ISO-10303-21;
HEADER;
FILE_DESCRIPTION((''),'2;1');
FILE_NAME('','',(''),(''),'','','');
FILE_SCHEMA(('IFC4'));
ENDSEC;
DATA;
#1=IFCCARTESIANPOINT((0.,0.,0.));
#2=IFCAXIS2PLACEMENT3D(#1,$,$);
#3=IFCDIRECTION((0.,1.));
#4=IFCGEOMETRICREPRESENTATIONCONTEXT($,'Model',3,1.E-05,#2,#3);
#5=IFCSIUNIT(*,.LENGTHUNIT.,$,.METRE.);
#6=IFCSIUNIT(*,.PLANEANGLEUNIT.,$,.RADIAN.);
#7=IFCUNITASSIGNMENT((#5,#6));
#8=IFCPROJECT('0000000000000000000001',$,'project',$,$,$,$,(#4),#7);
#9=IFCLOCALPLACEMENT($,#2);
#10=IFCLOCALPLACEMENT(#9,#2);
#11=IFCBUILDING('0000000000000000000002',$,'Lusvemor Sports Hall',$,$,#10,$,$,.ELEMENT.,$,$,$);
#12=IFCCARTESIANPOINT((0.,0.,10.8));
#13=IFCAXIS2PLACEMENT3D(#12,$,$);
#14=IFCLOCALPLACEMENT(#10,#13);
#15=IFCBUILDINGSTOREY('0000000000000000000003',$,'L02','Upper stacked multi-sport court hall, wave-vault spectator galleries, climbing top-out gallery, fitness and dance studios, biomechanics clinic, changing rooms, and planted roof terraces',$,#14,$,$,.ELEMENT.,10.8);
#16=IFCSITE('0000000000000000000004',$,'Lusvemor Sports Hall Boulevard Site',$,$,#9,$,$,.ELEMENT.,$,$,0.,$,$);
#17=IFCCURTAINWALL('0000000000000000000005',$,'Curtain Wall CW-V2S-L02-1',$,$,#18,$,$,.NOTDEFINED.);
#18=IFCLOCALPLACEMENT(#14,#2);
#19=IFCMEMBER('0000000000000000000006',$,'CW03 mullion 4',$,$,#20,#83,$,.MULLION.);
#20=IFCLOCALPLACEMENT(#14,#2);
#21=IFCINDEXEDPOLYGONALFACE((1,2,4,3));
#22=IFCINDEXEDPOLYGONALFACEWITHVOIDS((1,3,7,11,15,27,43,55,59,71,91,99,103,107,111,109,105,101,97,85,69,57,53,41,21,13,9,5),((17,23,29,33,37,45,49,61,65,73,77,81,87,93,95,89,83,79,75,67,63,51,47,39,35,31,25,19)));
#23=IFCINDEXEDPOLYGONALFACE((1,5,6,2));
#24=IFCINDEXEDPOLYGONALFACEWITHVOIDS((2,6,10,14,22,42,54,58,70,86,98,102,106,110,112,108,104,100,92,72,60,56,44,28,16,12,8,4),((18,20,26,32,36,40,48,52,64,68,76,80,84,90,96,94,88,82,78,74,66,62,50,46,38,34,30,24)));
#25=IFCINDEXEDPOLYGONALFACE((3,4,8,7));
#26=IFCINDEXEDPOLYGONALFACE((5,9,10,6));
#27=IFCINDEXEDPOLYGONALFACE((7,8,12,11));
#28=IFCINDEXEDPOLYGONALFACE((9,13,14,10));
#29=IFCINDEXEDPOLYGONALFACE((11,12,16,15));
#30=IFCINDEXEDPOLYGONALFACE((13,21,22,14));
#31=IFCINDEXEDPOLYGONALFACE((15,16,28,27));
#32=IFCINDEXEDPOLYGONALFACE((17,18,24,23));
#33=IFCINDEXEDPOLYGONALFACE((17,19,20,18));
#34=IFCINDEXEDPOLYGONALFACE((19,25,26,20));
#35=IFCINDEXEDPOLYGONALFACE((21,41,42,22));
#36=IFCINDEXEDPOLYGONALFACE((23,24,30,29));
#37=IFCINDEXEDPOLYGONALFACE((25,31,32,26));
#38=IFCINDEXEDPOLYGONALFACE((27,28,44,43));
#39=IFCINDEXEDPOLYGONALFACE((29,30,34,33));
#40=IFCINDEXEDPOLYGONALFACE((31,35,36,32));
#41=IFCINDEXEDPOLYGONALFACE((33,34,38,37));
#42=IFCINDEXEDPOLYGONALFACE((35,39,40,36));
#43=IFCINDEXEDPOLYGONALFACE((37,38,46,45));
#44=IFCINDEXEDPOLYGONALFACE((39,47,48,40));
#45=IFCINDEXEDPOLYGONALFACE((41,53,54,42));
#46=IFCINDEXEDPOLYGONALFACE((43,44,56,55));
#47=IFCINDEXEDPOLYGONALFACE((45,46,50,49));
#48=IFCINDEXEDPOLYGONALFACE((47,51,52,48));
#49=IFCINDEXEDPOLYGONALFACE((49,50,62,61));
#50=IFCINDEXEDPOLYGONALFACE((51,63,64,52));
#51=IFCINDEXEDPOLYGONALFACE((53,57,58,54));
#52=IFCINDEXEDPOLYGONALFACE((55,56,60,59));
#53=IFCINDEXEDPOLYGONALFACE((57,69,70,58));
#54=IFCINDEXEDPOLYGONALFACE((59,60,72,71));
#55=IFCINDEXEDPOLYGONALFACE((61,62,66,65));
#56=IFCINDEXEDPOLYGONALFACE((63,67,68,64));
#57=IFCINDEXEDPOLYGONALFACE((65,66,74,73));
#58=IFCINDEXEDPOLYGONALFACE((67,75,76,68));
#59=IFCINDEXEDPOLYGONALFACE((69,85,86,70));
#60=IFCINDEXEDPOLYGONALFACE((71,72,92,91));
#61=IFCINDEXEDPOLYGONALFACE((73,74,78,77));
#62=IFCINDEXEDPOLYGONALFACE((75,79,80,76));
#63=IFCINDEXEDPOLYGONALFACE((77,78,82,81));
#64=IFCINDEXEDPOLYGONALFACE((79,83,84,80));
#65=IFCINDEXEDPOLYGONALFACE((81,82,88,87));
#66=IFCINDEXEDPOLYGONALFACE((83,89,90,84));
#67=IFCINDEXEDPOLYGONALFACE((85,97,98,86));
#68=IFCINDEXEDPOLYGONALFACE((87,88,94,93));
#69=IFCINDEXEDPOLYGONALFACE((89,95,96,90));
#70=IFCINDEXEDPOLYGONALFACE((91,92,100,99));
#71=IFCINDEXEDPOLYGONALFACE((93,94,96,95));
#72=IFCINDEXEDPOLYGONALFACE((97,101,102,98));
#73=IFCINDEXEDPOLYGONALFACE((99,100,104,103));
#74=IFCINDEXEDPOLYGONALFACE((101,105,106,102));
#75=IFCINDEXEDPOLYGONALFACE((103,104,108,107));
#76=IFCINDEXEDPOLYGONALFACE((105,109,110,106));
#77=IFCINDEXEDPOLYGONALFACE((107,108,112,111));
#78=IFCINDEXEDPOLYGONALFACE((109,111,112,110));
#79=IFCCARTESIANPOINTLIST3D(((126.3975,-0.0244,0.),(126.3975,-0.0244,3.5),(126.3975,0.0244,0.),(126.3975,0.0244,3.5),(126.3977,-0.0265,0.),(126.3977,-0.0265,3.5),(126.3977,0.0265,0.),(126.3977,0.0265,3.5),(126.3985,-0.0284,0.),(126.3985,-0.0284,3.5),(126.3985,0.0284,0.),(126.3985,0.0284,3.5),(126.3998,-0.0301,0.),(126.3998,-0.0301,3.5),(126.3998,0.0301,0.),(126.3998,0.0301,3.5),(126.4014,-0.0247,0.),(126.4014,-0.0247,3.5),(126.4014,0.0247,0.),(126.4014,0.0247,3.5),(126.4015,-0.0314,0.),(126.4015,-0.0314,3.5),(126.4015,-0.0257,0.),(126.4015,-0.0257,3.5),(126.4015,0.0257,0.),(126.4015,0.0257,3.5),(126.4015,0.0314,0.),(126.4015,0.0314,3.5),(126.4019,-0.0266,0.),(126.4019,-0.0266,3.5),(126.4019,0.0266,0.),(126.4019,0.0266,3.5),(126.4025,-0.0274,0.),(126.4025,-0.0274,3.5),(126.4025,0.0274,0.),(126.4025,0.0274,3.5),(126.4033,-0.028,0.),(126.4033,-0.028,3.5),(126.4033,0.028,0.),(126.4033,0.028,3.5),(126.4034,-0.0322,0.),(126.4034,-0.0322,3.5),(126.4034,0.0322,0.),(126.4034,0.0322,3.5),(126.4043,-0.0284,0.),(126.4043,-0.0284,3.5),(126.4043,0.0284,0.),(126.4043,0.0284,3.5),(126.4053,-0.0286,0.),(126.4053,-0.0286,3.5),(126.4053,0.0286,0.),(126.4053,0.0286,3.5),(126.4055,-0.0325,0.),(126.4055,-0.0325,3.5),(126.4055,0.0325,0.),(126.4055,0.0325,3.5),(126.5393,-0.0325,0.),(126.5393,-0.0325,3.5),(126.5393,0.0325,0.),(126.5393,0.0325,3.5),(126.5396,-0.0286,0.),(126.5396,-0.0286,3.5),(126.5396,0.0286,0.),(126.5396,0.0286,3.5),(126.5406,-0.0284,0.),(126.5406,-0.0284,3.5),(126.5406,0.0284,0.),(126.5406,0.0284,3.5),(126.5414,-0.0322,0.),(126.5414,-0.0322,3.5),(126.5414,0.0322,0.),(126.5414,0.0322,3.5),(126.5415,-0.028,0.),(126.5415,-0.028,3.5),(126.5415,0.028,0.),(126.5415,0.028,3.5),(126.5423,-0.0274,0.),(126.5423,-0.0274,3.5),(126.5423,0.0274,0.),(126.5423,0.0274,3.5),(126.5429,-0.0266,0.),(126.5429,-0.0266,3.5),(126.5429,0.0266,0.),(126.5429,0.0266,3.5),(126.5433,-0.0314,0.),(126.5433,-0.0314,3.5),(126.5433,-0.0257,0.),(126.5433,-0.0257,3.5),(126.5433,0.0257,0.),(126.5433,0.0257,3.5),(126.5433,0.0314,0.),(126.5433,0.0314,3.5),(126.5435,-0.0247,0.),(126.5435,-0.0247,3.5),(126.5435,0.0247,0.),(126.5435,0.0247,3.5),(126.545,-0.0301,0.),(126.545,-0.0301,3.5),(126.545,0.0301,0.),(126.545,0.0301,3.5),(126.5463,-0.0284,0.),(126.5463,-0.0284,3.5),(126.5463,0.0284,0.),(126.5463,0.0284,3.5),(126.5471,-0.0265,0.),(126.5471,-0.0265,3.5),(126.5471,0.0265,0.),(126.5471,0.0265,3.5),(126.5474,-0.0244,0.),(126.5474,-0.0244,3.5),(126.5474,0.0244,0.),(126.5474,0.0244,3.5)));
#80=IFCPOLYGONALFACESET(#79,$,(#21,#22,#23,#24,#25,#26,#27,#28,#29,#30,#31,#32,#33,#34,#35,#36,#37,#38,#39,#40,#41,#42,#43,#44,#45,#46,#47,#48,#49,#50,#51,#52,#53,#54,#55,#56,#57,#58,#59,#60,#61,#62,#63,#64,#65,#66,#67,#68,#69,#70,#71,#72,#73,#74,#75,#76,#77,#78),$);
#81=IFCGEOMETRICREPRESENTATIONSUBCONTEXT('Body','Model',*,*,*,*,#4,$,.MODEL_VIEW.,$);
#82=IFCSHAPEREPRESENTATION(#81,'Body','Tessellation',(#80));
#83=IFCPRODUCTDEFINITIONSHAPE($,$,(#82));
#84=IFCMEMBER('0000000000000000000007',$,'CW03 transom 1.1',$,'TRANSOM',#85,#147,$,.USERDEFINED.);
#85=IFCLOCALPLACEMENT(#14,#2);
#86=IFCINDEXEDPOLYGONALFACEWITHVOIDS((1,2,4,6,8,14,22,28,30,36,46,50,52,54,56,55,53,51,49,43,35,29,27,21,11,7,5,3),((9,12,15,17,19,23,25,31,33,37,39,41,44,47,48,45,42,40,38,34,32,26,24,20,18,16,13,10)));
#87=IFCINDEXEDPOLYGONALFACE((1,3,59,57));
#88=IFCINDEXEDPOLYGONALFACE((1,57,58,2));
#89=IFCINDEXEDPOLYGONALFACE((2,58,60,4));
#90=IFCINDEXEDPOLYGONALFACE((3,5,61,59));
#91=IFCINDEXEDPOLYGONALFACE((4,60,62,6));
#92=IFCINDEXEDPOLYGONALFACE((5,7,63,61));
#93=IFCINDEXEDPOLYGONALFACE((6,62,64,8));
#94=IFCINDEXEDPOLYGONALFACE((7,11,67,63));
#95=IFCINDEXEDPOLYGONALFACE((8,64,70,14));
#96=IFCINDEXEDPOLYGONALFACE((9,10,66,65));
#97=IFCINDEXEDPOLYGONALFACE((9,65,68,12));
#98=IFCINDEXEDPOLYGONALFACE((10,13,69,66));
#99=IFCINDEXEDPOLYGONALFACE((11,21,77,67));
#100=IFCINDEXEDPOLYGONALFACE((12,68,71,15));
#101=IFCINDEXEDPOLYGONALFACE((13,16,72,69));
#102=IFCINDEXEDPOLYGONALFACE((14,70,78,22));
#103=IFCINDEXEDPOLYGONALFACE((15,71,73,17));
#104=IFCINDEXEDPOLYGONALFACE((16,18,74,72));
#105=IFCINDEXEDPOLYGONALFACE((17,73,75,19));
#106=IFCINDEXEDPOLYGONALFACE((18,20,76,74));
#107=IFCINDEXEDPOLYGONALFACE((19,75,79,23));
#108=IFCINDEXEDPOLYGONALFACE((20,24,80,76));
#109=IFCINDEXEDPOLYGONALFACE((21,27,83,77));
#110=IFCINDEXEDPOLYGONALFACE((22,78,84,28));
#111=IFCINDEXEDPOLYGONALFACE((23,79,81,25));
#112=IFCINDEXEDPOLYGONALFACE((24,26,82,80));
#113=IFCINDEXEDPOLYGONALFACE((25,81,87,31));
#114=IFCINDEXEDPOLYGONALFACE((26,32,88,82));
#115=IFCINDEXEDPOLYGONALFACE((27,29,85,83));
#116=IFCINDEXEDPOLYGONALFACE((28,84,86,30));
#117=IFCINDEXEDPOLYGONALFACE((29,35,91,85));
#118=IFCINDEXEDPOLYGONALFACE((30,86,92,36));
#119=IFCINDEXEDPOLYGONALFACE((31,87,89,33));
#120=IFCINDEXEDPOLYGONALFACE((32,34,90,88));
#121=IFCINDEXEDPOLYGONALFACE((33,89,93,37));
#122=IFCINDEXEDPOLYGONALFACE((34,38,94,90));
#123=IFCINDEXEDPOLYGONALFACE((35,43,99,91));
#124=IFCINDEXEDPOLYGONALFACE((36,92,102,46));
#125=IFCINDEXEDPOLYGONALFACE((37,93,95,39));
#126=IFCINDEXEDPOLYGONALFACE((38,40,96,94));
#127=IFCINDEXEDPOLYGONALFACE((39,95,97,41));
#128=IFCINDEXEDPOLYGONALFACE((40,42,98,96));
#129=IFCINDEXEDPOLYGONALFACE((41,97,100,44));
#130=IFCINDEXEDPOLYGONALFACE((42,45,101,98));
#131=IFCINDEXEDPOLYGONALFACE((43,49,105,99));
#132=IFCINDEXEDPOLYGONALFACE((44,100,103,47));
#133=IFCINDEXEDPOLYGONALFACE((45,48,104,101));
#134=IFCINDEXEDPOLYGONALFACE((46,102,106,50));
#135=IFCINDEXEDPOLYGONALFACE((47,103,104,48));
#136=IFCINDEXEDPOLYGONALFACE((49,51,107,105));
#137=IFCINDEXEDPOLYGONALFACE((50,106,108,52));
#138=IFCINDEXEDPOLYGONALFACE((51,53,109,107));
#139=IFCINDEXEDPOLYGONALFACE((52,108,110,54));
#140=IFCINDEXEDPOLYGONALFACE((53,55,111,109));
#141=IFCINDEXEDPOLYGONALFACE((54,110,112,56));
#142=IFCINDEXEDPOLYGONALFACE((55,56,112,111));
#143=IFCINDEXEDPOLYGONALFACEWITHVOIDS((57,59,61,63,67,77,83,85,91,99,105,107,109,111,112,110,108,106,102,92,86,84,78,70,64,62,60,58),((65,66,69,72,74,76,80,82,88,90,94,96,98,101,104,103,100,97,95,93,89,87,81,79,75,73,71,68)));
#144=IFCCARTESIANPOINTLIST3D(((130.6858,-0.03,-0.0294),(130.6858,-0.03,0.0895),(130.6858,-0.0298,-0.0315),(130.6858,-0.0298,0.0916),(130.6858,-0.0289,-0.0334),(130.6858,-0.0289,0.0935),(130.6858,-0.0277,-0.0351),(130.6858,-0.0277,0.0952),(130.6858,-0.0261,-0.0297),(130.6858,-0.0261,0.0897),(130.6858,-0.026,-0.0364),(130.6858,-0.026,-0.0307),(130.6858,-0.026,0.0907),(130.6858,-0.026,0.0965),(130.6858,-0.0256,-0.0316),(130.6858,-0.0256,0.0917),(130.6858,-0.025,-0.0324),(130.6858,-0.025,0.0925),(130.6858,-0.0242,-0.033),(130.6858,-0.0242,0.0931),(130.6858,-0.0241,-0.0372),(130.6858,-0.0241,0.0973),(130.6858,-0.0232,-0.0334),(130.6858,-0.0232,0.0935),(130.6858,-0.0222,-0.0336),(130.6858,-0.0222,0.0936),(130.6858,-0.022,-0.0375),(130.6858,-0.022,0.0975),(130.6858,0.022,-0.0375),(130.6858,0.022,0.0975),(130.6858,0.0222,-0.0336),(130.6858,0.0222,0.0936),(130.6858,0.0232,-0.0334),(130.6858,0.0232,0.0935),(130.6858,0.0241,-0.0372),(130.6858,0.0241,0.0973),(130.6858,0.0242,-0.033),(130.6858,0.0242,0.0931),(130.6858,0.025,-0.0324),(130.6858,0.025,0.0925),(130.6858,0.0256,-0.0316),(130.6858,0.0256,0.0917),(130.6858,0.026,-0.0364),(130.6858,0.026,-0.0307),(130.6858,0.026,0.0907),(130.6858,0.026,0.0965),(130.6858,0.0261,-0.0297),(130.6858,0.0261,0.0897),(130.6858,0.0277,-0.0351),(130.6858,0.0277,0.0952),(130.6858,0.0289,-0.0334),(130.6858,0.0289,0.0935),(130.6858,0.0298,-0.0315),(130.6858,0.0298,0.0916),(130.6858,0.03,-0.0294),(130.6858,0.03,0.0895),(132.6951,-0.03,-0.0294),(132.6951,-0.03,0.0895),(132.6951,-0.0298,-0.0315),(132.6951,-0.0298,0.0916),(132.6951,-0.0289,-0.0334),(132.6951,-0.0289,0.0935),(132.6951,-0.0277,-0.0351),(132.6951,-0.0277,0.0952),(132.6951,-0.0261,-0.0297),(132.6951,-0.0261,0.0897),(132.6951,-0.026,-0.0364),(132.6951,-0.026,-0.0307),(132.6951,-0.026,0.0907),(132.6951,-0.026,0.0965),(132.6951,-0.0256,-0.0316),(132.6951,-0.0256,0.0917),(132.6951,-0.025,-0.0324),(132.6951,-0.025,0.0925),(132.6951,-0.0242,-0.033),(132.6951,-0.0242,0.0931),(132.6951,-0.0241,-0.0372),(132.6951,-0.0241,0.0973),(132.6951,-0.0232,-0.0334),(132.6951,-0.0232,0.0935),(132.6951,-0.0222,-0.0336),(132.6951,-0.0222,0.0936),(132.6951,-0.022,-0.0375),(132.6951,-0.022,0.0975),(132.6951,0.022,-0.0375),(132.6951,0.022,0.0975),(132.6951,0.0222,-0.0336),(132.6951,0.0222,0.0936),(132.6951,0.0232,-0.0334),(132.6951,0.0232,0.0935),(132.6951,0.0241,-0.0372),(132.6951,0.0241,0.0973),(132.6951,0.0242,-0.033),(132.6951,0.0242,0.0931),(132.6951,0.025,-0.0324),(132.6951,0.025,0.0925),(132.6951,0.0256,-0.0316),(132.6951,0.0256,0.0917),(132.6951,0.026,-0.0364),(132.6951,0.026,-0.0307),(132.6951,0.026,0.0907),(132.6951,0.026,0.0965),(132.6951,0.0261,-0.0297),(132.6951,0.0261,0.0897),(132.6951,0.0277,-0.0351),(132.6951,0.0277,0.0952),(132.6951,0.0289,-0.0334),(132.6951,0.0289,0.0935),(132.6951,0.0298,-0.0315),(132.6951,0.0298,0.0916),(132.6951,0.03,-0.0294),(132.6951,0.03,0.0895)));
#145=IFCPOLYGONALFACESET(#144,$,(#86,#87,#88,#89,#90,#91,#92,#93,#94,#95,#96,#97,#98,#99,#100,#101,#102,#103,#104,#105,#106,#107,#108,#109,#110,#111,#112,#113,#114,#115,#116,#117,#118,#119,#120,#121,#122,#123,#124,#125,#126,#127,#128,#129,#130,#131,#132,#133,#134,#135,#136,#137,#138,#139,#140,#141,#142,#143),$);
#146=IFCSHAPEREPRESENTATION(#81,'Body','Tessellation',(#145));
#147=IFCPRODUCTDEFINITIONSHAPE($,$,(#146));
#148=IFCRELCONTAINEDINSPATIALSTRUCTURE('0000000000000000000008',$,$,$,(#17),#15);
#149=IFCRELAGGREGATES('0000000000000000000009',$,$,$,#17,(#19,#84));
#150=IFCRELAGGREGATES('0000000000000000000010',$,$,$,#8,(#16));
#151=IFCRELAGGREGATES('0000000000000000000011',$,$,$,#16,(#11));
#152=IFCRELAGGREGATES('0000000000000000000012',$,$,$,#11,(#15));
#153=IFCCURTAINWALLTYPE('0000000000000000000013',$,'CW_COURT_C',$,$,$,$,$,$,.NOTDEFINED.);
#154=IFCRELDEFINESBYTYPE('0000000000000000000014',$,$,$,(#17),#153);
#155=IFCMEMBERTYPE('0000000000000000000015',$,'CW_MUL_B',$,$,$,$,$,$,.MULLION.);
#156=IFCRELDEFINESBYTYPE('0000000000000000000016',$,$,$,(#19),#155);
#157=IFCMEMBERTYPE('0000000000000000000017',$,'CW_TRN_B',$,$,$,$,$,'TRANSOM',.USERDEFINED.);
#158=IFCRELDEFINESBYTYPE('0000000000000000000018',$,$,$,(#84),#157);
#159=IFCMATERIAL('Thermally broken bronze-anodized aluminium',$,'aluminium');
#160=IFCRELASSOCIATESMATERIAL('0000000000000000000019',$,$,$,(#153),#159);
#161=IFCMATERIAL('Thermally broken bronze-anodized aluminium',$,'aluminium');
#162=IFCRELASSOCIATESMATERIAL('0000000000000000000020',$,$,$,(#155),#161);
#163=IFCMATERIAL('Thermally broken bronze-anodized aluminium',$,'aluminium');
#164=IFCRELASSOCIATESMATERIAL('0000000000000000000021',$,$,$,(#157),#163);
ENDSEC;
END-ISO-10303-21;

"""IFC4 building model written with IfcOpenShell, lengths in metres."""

from ifc_helpers import new_model, si_unit, direction, frame, origin, origin_2d, place, context, subcontext, project, spatial, hollow_rectangle, extrude, material, material_profile, profile_set, type_object, element, aggregate, save


model = new_model("IFC4")

# Units and contexts
model_context = context("Model", 3, precision=1e-05, world=origin(), true_north=direction((0.0, 1.0)))
body_context = subcontext(model_context, "Body", "Model", "MODEL_VIEW")
ifc_project = project(units=[si_unit("LENGTHUNIT", "METRE"), si_unit("PLANEANGLEUNIT", "RADIAN")], contexts=[model_context])

# Site, building, storey
site_placement = place(None, origin())
site = spatial("IfcSite", under=ifc_project, at=site_placement, Name="Lusvemor Sports Hall Boulevard Site", CompositionType="ELEMENT", RefElevation=0.0)
building_placement = place(site_placement, origin())
building = spatial("IfcBuilding", under=site, at=building_placement, Name="Lusvemor Sports Hall", CompositionType="ELEMENT")
storey_placement = place(building_placement, frame((0.0, 0.0, 10.8)))
storey = spatial("IfcBuildingStorey", under=building, at=storey_placement, Name="L02", Description="Upper stacked multi-sport court hall, wave-vault spectator galleries, climbing top-out gallery, fitness and dance studios, biomechanics clinic, changing rooms, and planted roof terraces", CompositionType="ELEMENT", Elevation=10.8)

# Curtain wall, members
ifc_material_1 = material(Name="Thermally broken bronze-anodized aluminium", Category="aluminium")
curtain_wall_type = type_object("IfcCurtainWallType", Name="CW_COURT_C", PredefinedType="NOTDEFINED", material=ifc_material_1)
curtain_wall_placement = place(storey_placement, origin())
curtain_wall = element("IfcCurtainWall", 1, at=curtain_wall_placement, inside=storey, type_object=curtain_wall_type, Name="Curtain Wall CW-V2S-L02-1", PredefinedType="NOTDEFINED")
ifc_material_2 = material(Name="Thermally broken bronze-anodized aluminium", Category="aluminium")
ifc_material_profile_1 = material_profile(ifc_material_2, hollow_rectangle(XDim=0.0649, YDim=0.1499, WallThickness=0.0039, InnerFilletRadius=0.0039, OuterFilletRadius=0.0081, at=origin_2d()), Name="CWMUL150x65x4")
ifc_profile_set_1 = profile_set([ifc_material_profile_1], Name="Thermally broken bronze-anodized aluminium")
member_type_1 = type_object("IfcMemberType", Name="CW_MUL_B", PredefinedType="MULLION", material=ifc_profile_set_1)
member_1_placement = place(storey_placement, frame((126.4724, 0.0, 0.0), z_axis=(0.0, 0.0, 1.0), x_axis=(0.0, -1.0, 0.0)))
member_1 = element("IfcMember", 2, at=member_1_placement, type_object=member_type_1, Name="CW03 mullion 4", PredefinedType="MULLION", context=body_context, shape_type="SweptSolid", body=[
    extrude(hollow_rectangle(XDim=0.0649, YDim=0.1499, WallThickness=0.0039, InnerFilletRadius=0.0039, OuterFilletRadius=0.0081, at=origin_2d()), origin(), (0.0, 0.0, 1.0), 3.5),
])
ifc_material_3 = material(Name="Thermally broken bronze-anodized aluminium", Category="aluminium")
ifc_material_profile_2 = material_profile(ifc_material_3, hollow_rectangle(XDim=0.0601, YDim=0.135, WallThickness=0.0039, InnerFilletRadius=0.0039, OuterFilletRadius=0.0081, at=origin_2d()), Name="CWTRN135x60x4")
ifc_profile_set_2 = profile_set([ifc_material_profile_2], Name="Thermally broken bronze-anodized aluminium")
member_type_2 = type_object("IfcMemberType", Name="CW_TRN_B", ElementType="TRANSOM", PredefinedType="USERDEFINED", material=ifc_profile_set_2)
member_2_placement = place(storey_placement, frame((132.6951, 0.0, 0.03), z_axis=(-1.0, 0.0, 0.0), x_axis=(0.0, -1.0, 0.0)))
member_2 = element("IfcMember", 3, at=member_2_placement, type_object=member_type_2, Name="CW03 transom 1.1", ObjectType="TRANSOM", PredefinedType="USERDEFINED", context=body_context, shape_type="SweptSolid", body=[
    extrude(hollow_rectangle(XDim=0.0601, YDim=0.135, WallThickness=0.0039, InnerFilletRadius=0.0039, OuterFilletRadius=0.0081, at=origin_2d()), origin(), (0.0, 0.0, 1.0), 2.0093),
])
aggregate(curtain_wall, [member_1, member_2])

save(model, "model.ifc")
